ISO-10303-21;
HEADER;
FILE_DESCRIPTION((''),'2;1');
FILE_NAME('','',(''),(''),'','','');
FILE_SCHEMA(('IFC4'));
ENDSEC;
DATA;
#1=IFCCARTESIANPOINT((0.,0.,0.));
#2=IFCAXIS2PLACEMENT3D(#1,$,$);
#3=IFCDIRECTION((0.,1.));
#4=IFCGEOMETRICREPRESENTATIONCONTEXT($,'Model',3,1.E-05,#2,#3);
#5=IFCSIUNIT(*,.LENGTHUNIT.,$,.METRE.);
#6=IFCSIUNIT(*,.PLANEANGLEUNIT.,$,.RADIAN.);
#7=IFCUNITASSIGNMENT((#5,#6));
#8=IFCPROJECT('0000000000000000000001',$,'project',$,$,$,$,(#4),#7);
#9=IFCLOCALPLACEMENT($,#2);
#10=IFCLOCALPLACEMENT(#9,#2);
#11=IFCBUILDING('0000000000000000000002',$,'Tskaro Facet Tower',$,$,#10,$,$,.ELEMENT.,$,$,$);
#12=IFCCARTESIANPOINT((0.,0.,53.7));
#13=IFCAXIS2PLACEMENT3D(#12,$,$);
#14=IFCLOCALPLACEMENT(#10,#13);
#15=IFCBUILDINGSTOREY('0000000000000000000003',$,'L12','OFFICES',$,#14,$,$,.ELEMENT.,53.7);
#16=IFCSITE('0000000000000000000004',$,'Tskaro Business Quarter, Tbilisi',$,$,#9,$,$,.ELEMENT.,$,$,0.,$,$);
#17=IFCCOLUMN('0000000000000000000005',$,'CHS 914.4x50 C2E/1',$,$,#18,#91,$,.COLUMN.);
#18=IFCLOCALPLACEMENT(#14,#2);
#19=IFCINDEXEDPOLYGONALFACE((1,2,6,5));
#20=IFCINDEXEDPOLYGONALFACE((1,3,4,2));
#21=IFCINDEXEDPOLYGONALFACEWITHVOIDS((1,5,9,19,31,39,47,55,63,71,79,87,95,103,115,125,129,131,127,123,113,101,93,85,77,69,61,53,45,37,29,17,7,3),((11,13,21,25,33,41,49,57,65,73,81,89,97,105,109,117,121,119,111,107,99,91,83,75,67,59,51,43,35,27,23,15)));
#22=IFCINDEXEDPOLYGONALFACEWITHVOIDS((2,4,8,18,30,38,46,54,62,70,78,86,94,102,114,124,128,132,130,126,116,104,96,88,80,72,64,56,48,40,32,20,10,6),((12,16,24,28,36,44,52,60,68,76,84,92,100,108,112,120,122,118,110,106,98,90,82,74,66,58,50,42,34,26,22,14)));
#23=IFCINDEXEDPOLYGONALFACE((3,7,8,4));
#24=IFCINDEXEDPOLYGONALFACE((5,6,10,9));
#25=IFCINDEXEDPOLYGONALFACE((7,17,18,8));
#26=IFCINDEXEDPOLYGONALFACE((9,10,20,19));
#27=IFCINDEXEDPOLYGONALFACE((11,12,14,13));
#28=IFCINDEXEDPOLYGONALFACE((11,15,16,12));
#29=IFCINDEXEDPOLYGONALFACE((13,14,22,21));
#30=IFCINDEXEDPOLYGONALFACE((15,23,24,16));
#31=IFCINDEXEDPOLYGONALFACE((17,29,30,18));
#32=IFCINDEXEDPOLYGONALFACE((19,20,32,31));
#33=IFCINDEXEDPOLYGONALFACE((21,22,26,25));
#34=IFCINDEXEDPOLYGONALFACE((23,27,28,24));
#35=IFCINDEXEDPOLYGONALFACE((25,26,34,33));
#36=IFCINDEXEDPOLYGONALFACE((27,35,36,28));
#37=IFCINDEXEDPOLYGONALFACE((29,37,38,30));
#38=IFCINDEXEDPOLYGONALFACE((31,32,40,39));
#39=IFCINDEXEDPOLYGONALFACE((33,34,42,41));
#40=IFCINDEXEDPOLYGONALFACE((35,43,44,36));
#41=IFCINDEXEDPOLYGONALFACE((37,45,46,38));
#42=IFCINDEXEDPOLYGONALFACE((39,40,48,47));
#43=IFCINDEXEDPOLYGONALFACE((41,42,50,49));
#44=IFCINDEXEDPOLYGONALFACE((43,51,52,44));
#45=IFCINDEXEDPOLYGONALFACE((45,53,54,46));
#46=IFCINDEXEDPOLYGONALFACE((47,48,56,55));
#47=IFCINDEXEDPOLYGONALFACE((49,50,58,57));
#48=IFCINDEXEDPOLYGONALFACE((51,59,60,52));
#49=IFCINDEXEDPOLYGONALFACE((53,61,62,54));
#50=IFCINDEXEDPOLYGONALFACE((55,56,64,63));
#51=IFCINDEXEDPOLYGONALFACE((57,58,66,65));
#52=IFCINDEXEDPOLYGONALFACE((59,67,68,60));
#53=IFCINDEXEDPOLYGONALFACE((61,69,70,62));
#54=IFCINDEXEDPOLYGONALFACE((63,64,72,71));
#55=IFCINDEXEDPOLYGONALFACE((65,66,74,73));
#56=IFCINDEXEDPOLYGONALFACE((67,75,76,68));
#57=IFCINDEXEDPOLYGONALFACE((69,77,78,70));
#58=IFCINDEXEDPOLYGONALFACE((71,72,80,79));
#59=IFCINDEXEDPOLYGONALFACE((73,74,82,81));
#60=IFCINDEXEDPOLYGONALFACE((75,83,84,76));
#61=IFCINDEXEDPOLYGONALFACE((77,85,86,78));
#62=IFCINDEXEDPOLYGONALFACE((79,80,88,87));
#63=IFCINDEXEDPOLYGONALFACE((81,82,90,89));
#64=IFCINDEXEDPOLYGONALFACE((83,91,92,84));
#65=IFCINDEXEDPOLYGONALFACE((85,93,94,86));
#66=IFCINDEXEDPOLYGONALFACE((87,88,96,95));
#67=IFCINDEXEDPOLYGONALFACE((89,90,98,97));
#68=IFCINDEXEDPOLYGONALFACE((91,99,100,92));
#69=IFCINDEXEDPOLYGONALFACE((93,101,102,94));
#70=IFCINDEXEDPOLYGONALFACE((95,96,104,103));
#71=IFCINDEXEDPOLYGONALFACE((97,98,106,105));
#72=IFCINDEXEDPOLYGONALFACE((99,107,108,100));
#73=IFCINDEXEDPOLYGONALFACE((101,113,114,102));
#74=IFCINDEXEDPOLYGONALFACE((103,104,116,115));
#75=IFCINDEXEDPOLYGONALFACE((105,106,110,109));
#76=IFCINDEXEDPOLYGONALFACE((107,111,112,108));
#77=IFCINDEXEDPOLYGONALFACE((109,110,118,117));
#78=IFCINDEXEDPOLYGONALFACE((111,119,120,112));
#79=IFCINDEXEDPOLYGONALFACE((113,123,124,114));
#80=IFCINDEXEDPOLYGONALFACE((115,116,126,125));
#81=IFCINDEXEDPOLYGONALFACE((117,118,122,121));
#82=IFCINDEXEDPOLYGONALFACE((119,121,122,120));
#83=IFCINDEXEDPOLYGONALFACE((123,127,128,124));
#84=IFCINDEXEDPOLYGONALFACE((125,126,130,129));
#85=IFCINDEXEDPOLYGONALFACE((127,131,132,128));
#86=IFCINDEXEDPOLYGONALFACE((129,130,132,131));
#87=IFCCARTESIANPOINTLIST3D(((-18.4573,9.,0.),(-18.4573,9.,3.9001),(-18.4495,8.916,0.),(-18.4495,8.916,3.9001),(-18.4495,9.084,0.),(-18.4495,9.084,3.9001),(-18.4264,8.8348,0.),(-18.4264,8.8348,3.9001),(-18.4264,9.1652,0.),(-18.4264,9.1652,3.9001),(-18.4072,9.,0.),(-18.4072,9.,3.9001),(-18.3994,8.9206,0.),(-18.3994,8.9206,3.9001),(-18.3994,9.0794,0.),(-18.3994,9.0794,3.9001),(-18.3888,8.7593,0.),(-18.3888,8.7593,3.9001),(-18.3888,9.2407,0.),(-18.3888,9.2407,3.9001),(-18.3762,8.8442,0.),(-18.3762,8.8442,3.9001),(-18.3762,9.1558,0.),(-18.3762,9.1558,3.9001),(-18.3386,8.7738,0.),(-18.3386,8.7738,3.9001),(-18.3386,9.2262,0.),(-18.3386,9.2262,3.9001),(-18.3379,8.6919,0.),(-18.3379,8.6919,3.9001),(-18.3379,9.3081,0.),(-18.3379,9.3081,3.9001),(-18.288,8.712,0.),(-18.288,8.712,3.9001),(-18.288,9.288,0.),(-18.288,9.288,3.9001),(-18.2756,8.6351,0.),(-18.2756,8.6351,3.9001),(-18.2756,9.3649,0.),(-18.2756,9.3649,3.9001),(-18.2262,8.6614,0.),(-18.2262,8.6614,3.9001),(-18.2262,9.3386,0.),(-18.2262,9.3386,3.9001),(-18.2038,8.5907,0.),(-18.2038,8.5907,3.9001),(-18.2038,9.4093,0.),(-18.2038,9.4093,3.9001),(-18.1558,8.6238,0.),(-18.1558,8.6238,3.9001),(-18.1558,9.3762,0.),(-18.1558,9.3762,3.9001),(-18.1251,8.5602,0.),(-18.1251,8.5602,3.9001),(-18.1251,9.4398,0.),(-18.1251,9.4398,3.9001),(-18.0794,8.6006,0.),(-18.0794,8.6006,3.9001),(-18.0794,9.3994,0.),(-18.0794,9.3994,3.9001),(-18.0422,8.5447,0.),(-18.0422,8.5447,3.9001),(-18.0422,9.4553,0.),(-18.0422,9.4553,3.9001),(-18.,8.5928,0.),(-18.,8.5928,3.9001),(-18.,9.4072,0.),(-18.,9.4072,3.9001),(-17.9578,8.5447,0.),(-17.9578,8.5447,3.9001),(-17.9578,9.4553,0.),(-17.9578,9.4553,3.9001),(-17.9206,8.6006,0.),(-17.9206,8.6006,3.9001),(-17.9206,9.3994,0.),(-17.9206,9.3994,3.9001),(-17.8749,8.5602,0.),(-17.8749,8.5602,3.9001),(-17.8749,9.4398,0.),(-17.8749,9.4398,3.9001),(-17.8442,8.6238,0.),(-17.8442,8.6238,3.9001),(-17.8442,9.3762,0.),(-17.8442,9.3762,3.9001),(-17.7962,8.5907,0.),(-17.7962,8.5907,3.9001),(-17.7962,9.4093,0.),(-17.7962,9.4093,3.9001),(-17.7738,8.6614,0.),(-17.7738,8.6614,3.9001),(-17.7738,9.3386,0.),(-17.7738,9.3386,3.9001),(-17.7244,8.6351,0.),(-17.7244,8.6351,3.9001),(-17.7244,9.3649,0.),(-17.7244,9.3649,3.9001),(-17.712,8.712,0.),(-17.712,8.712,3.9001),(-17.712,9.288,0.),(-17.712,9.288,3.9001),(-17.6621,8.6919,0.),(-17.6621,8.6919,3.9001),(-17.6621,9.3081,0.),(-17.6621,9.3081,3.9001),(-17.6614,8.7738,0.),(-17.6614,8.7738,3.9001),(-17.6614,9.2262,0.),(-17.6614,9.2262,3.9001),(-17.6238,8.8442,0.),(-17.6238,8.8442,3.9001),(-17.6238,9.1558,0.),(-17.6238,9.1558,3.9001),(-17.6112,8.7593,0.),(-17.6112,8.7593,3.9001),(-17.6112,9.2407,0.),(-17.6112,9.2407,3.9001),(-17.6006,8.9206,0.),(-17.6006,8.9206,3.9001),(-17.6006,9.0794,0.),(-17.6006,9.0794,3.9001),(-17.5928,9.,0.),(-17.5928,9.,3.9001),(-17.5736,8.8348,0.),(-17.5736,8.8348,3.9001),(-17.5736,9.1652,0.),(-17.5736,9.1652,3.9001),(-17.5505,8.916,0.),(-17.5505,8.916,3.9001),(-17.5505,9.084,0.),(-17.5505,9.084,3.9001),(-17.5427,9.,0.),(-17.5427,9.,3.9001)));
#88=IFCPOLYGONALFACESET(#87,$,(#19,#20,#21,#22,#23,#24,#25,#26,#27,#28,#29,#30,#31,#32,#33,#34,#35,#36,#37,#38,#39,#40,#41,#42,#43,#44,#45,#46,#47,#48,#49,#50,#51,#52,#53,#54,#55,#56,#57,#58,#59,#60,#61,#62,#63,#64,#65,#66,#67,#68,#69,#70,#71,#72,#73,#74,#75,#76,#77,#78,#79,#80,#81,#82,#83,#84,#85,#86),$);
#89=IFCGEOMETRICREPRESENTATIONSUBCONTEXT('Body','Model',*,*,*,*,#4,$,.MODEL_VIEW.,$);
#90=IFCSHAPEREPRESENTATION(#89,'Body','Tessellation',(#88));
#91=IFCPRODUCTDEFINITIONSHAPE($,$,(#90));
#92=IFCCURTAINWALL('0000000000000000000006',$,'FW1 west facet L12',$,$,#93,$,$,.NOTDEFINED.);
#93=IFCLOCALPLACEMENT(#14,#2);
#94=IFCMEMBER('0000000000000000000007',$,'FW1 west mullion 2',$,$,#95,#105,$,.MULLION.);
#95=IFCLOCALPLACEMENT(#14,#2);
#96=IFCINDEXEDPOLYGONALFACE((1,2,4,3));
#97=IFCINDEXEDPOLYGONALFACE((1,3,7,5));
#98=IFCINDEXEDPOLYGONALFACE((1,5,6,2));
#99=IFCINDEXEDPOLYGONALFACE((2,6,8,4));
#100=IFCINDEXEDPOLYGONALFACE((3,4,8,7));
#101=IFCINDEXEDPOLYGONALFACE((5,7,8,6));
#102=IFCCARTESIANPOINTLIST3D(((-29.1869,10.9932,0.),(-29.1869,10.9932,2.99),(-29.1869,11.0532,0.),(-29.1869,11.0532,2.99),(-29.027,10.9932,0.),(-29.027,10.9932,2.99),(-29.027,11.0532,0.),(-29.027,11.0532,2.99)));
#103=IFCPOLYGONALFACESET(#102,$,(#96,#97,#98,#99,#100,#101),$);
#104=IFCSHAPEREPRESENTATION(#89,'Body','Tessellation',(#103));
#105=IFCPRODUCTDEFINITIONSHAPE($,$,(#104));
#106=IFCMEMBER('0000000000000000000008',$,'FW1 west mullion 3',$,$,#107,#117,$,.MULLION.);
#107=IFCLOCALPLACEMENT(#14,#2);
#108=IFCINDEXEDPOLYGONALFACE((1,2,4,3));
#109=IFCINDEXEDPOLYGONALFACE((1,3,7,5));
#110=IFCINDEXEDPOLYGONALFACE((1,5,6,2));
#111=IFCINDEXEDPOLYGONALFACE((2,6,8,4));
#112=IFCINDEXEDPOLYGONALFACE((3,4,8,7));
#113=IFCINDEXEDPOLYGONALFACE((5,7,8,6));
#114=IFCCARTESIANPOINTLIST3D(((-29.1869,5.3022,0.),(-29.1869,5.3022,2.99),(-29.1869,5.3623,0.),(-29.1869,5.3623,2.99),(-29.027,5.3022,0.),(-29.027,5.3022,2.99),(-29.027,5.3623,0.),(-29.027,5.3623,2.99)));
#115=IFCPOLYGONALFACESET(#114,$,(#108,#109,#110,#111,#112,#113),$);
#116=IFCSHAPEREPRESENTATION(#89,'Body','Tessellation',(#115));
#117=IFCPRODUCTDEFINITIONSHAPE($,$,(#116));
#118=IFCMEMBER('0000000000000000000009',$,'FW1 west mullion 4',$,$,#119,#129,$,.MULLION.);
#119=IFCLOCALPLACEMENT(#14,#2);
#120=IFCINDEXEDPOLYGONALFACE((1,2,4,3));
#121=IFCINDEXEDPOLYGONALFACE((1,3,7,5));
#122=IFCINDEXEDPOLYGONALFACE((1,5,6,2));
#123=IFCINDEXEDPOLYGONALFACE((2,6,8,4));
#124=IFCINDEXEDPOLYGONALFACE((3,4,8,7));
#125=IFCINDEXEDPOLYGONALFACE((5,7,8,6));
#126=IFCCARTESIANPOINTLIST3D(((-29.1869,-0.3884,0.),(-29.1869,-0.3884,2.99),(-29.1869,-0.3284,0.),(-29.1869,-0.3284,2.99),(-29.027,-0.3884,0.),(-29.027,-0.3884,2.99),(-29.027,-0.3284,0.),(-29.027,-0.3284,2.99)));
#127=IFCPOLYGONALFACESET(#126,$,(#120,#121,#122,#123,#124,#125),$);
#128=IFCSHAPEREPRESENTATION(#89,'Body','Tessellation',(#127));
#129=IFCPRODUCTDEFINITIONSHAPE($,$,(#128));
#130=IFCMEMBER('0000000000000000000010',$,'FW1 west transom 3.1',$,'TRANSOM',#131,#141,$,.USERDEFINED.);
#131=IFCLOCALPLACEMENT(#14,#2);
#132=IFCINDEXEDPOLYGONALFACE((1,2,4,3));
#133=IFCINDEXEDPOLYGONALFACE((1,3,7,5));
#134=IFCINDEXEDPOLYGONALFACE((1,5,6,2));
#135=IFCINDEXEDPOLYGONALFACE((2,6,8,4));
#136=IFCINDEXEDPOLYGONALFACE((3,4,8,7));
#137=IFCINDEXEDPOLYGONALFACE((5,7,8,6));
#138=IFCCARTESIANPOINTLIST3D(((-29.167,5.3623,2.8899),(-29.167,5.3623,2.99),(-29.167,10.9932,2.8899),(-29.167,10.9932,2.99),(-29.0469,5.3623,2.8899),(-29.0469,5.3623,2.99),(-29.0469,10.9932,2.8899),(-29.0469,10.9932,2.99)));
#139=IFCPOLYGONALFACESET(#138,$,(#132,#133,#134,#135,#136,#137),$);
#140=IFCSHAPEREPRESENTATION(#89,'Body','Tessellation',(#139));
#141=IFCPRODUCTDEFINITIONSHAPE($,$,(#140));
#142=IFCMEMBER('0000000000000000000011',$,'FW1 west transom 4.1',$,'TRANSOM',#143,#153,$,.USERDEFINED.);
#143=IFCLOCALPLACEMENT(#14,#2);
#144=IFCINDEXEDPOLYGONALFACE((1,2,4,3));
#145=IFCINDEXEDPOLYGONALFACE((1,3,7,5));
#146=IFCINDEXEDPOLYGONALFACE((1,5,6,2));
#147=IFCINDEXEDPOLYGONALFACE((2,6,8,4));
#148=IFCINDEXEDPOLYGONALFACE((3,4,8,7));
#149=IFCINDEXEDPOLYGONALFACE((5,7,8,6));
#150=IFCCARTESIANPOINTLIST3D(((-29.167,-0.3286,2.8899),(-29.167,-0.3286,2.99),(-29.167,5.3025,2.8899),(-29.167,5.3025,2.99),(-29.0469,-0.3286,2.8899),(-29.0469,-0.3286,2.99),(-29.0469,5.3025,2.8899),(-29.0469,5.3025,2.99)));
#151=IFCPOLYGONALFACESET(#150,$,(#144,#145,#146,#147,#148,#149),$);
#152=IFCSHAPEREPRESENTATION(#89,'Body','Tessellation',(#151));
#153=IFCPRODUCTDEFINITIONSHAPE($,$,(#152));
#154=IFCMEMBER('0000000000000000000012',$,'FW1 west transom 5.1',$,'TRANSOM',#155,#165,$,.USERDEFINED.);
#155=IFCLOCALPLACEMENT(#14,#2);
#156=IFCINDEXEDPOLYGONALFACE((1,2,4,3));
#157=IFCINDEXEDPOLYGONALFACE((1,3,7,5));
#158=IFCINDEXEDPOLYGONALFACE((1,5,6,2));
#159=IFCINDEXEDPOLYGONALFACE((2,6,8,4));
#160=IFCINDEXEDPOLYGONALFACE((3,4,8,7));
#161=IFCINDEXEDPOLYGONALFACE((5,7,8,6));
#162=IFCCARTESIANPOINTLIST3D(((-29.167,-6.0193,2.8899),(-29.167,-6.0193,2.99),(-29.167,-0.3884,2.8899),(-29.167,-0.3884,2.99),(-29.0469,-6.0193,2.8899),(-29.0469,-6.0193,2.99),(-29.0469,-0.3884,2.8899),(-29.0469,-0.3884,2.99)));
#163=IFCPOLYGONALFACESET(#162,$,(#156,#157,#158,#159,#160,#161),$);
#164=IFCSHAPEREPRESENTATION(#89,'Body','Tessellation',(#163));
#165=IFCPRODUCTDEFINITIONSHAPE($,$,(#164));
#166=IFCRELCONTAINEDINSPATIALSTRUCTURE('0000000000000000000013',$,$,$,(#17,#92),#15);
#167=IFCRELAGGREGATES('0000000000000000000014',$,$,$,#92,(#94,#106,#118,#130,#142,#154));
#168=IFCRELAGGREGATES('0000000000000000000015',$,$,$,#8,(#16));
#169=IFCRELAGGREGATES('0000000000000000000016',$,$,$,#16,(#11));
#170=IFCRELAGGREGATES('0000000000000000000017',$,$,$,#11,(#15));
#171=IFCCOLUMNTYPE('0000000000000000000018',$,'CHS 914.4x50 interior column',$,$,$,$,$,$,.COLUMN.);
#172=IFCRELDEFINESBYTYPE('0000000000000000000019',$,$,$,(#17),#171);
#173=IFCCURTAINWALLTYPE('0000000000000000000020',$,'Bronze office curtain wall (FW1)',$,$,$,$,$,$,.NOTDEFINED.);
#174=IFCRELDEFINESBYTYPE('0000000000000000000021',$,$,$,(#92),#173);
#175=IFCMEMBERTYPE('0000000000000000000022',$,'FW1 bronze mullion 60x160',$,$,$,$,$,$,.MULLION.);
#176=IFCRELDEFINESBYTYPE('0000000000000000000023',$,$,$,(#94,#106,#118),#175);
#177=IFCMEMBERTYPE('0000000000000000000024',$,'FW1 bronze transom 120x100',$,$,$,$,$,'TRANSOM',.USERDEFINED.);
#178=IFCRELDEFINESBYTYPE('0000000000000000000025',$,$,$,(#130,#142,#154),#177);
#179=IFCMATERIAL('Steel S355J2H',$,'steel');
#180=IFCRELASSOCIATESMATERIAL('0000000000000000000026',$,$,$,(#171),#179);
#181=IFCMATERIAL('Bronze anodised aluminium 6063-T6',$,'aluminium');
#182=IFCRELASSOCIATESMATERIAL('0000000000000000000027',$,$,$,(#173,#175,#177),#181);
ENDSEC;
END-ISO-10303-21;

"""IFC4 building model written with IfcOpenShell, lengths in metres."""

from ifc_helpers import new_model, si_unit, direction, frame, origin, origin_2d, place, context, subcontext, project, spatial, rectangle, hollow_circle, extrude, material, material_profile, profile_set, type_object, element, aggregate, save


model = new_model("IFC4")

# Units and contexts
model_context = context("Model", 3, precision=1e-05, world=origin(), true_north=direction((0.0, 1.0)))
body_context = subcontext(model_context, "Body", "Model", "MODEL_VIEW")
ifc_project = project(units=[si_unit("LENGTHUNIT", "METRE"), si_unit("PLANEANGLEUNIT", "RADIAN")], contexts=[model_context])

# Site, building, storey
site_placement = place(None, origin())
site = spatial("IfcSite", under=ifc_project, at=site_placement, Name="Tskaro Business Quarter, Tbilisi", CompositionType="ELEMENT", RefElevation=0.0)
building_placement = place(site_placement, origin())
building = spatial("IfcBuilding", under=site, at=building_placement, Name="Tskaro Facet Tower", CompositionType="ELEMENT")
storey_placement = place(building_placement, frame((0.0, 0.0, 53.7)))
storey = spatial("IfcBuildingStorey", under=building, at=storey_placement, Name="L12", Description="OFFICES", CompositionType="ELEMENT", Elevation=53.7)

# Column
ifc_material_1 = material(Name="Steel S355J2H", Category="steel")
ifc_material_profile_1 = material_profile(ifc_material_1, hollow_circle(Radius=0.4573, WallThickness=0.05, at=origin_2d()), Name="CHS 914.4x50")
ifc_profile_set_1 = profile_set([ifc_material_profile_1], Name="Steel S355J2H")
column_type_1 = type_object("IfcColumnType", Name="CHS 914.4x50 interior column", PredefinedType="COLUMN", material=ifc_profile_set_1)
for number, where, z_axis, x_axis, name in (
    (1, (-18.0, 9.0, 0.0), (0.0, 0.0, 1.0), (1.0, 0.0, 0.0), "CHS 914.4x50 C2E/1"),
):
    element("IfcColumn", number, at=place(storey_placement, frame(where, z_axis=z_axis, x_axis=x_axis)), inside=storey, type_object=column_type_1, Name=name, PredefinedType="COLUMN", context=body_context, shape_type="SweptSolid", body=[
        extrude(hollow_circle(Radius=0.4573, WallThickness=0.05, at=origin_2d()), origin(), (0.0, 0.0, 1.0), 3.9001),
    ])

# Curtain wall, members
ifc_material_2 = material(Name="Bronze anodised aluminium 6063-T6", Category="aluminium")
curtain_wall_type = type_object("IfcCurtainWallType", Name="Bronze office curtain wall (FW1)", PredefinedType="NOTDEFINED", material=ifc_material_2)
curtain_wall_placement = place(storey_placement, origin())
curtain_wall = element("IfcCurtainWall", 2, at=curtain_wall_placement, inside=storey, type_object=curtain_wall_type, Name="FW1 west facet L12", PredefinedType="NOTDEFINED")
ifc_material_profile_2 = material_profile(ifc_material_2, rectangle(XDim=0.0601, YDim=0.1599, at=origin_2d()), Name="Mullion 60x160")
ifc_profile_set_2 = profile_set([ifc_material_profile_2], Name="Bronze anodised aluminium 6063-T6")
member_type_1 = type_object("IfcMemberType", Name="FW1 bronze mullion 60x160", PredefinedType="MULLION", material=ifc_profile_set_2)
member_1_placement = place(storey_placement, frame((-29.1069, 11.0232, 0.0), z_axis=(0.0, 0.0, 1.0), x_axis=(0.0, -1.0, 0.0)))
member_1 = element("IfcMember", 3, at=member_1_placement, type_object=member_type_1, Name="FW1 west mullion 2", PredefinedType="MULLION", context=body_context, shape_type="SweptSolid", body=[
    extrude(rectangle(XDim=0.0601, YDim=0.1599, at=origin_2d()), origin(), (0.0, 0.0, 1.0), 2.99),
])
member_2_placement = place(storey_placement, frame((-29.1069, 5.3323, 0.0), z_axis=(0.0, 0.0, 1.0), x_axis=(0.0, -1.0, 0.0)))
member_2 = element("IfcMember", 4, at=member_2_placement, type_object=member_type_1, Name="FW1 west mullion 3", PredefinedType="MULLION", context=body_context, shape_type="SweptSolid", body=[
    extrude(rectangle(XDim=0.0601, YDim=0.1599, at=origin_2d()), origin(), (0.0, 0.0, 1.0), 2.99),
])
member_3_placement = place(storey_placement, frame((-29.1069, -0.3584, 0.0), z_axis=(0.0, 0.0, 1.0), x_axis=(0.0, -1.0, 0.0)))
member_3 = element("IfcMember", 5, at=member_3_placement, type_object=member_type_1, Name="FW1 west mullion 4", PredefinedType="MULLION", context=body_context, shape_type="SweptSolid", body=[
    extrude(rectangle(XDim=0.0601, YDim=0.1599, at=origin_2d()), origin(), (0.0, 0.0, 1.0), 2.99),
])
ifc_material_profile_3 = material_profile(ifc_material_2, rectangle(XDim=0.1201, YDim=0.1001, at=origin_2d()), Name="Transom 120x100")
ifc_profile_set_3 = profile_set([ifc_material_profile_3], Name="Bronze anodised aluminium 6063-T6")
member_type_2 = type_object("IfcMemberType", Name="FW1 bronze transom 120x100", ElementType="TRANSOM", PredefinedType="USERDEFINED", material=ifc_profile_set_3)
member_4_placement = place(storey_placement, frame((-29.1069, 10.9932, 2.9399), z_axis=(0.0, -1.0, 0.0), x_axis=(1.0, 0.0, 0.0)))
member_4 = element("IfcMember", 6, at=member_4_placement, type_object=member_type_2, Name="FW1 west transom 3.1", ObjectType="TRANSOM", PredefinedType="USERDEFINED", context=body_context, shape_type="SweptSolid", body=[
    extrude(rectangle(XDim=0.1201, YDim=0.1001, at=origin_2d()), origin(), (0.0, 0.0, 1.0), 5.6309),
])
member_5_placement = place(storey_placement, frame((-29.1069, 5.3025, 2.9399), z_axis=(0.0, -1.0, 0.0), x_axis=(1.0, 0.0, 0.0)))
member_5 = element("IfcMember", 7, at=member_5_placement, type_object=member_type_2, Name="FW1 west transom 4.1", ObjectType="TRANSOM", PredefinedType="USERDEFINED", context=body_context, shape_type="SweptSolid", body=[
    extrude(rectangle(XDim=0.1201, YDim=0.1001, at=origin_2d()), origin(), (0.0, 0.0, 1.0), 5.6311),
])
member_6_placement = place(storey_placement, frame((-29.1069, -0.3884, 2.9399), z_axis=(0.0, -1.0, 0.0), x_axis=(1.0, 0.0, 0.0)))
member_6 = element("IfcMember", 8, at=member_6_placement, type_object=member_type_2, Name="FW1 west transom 5.1", ObjectType="TRANSOM", PredefinedType="USERDEFINED", context=body_context, shape_type="SweptSolid", body=[
    extrude(rectangle(XDim=0.1201, YDim=0.1001, at=origin_2d()), origin(), (0.0, 0.0, 1.0), 5.6309),
])

aggregate(curtain_wall, [member_1, member_2, member_3, member_4, member_5, member_6])

save(model, "model.ifc")
